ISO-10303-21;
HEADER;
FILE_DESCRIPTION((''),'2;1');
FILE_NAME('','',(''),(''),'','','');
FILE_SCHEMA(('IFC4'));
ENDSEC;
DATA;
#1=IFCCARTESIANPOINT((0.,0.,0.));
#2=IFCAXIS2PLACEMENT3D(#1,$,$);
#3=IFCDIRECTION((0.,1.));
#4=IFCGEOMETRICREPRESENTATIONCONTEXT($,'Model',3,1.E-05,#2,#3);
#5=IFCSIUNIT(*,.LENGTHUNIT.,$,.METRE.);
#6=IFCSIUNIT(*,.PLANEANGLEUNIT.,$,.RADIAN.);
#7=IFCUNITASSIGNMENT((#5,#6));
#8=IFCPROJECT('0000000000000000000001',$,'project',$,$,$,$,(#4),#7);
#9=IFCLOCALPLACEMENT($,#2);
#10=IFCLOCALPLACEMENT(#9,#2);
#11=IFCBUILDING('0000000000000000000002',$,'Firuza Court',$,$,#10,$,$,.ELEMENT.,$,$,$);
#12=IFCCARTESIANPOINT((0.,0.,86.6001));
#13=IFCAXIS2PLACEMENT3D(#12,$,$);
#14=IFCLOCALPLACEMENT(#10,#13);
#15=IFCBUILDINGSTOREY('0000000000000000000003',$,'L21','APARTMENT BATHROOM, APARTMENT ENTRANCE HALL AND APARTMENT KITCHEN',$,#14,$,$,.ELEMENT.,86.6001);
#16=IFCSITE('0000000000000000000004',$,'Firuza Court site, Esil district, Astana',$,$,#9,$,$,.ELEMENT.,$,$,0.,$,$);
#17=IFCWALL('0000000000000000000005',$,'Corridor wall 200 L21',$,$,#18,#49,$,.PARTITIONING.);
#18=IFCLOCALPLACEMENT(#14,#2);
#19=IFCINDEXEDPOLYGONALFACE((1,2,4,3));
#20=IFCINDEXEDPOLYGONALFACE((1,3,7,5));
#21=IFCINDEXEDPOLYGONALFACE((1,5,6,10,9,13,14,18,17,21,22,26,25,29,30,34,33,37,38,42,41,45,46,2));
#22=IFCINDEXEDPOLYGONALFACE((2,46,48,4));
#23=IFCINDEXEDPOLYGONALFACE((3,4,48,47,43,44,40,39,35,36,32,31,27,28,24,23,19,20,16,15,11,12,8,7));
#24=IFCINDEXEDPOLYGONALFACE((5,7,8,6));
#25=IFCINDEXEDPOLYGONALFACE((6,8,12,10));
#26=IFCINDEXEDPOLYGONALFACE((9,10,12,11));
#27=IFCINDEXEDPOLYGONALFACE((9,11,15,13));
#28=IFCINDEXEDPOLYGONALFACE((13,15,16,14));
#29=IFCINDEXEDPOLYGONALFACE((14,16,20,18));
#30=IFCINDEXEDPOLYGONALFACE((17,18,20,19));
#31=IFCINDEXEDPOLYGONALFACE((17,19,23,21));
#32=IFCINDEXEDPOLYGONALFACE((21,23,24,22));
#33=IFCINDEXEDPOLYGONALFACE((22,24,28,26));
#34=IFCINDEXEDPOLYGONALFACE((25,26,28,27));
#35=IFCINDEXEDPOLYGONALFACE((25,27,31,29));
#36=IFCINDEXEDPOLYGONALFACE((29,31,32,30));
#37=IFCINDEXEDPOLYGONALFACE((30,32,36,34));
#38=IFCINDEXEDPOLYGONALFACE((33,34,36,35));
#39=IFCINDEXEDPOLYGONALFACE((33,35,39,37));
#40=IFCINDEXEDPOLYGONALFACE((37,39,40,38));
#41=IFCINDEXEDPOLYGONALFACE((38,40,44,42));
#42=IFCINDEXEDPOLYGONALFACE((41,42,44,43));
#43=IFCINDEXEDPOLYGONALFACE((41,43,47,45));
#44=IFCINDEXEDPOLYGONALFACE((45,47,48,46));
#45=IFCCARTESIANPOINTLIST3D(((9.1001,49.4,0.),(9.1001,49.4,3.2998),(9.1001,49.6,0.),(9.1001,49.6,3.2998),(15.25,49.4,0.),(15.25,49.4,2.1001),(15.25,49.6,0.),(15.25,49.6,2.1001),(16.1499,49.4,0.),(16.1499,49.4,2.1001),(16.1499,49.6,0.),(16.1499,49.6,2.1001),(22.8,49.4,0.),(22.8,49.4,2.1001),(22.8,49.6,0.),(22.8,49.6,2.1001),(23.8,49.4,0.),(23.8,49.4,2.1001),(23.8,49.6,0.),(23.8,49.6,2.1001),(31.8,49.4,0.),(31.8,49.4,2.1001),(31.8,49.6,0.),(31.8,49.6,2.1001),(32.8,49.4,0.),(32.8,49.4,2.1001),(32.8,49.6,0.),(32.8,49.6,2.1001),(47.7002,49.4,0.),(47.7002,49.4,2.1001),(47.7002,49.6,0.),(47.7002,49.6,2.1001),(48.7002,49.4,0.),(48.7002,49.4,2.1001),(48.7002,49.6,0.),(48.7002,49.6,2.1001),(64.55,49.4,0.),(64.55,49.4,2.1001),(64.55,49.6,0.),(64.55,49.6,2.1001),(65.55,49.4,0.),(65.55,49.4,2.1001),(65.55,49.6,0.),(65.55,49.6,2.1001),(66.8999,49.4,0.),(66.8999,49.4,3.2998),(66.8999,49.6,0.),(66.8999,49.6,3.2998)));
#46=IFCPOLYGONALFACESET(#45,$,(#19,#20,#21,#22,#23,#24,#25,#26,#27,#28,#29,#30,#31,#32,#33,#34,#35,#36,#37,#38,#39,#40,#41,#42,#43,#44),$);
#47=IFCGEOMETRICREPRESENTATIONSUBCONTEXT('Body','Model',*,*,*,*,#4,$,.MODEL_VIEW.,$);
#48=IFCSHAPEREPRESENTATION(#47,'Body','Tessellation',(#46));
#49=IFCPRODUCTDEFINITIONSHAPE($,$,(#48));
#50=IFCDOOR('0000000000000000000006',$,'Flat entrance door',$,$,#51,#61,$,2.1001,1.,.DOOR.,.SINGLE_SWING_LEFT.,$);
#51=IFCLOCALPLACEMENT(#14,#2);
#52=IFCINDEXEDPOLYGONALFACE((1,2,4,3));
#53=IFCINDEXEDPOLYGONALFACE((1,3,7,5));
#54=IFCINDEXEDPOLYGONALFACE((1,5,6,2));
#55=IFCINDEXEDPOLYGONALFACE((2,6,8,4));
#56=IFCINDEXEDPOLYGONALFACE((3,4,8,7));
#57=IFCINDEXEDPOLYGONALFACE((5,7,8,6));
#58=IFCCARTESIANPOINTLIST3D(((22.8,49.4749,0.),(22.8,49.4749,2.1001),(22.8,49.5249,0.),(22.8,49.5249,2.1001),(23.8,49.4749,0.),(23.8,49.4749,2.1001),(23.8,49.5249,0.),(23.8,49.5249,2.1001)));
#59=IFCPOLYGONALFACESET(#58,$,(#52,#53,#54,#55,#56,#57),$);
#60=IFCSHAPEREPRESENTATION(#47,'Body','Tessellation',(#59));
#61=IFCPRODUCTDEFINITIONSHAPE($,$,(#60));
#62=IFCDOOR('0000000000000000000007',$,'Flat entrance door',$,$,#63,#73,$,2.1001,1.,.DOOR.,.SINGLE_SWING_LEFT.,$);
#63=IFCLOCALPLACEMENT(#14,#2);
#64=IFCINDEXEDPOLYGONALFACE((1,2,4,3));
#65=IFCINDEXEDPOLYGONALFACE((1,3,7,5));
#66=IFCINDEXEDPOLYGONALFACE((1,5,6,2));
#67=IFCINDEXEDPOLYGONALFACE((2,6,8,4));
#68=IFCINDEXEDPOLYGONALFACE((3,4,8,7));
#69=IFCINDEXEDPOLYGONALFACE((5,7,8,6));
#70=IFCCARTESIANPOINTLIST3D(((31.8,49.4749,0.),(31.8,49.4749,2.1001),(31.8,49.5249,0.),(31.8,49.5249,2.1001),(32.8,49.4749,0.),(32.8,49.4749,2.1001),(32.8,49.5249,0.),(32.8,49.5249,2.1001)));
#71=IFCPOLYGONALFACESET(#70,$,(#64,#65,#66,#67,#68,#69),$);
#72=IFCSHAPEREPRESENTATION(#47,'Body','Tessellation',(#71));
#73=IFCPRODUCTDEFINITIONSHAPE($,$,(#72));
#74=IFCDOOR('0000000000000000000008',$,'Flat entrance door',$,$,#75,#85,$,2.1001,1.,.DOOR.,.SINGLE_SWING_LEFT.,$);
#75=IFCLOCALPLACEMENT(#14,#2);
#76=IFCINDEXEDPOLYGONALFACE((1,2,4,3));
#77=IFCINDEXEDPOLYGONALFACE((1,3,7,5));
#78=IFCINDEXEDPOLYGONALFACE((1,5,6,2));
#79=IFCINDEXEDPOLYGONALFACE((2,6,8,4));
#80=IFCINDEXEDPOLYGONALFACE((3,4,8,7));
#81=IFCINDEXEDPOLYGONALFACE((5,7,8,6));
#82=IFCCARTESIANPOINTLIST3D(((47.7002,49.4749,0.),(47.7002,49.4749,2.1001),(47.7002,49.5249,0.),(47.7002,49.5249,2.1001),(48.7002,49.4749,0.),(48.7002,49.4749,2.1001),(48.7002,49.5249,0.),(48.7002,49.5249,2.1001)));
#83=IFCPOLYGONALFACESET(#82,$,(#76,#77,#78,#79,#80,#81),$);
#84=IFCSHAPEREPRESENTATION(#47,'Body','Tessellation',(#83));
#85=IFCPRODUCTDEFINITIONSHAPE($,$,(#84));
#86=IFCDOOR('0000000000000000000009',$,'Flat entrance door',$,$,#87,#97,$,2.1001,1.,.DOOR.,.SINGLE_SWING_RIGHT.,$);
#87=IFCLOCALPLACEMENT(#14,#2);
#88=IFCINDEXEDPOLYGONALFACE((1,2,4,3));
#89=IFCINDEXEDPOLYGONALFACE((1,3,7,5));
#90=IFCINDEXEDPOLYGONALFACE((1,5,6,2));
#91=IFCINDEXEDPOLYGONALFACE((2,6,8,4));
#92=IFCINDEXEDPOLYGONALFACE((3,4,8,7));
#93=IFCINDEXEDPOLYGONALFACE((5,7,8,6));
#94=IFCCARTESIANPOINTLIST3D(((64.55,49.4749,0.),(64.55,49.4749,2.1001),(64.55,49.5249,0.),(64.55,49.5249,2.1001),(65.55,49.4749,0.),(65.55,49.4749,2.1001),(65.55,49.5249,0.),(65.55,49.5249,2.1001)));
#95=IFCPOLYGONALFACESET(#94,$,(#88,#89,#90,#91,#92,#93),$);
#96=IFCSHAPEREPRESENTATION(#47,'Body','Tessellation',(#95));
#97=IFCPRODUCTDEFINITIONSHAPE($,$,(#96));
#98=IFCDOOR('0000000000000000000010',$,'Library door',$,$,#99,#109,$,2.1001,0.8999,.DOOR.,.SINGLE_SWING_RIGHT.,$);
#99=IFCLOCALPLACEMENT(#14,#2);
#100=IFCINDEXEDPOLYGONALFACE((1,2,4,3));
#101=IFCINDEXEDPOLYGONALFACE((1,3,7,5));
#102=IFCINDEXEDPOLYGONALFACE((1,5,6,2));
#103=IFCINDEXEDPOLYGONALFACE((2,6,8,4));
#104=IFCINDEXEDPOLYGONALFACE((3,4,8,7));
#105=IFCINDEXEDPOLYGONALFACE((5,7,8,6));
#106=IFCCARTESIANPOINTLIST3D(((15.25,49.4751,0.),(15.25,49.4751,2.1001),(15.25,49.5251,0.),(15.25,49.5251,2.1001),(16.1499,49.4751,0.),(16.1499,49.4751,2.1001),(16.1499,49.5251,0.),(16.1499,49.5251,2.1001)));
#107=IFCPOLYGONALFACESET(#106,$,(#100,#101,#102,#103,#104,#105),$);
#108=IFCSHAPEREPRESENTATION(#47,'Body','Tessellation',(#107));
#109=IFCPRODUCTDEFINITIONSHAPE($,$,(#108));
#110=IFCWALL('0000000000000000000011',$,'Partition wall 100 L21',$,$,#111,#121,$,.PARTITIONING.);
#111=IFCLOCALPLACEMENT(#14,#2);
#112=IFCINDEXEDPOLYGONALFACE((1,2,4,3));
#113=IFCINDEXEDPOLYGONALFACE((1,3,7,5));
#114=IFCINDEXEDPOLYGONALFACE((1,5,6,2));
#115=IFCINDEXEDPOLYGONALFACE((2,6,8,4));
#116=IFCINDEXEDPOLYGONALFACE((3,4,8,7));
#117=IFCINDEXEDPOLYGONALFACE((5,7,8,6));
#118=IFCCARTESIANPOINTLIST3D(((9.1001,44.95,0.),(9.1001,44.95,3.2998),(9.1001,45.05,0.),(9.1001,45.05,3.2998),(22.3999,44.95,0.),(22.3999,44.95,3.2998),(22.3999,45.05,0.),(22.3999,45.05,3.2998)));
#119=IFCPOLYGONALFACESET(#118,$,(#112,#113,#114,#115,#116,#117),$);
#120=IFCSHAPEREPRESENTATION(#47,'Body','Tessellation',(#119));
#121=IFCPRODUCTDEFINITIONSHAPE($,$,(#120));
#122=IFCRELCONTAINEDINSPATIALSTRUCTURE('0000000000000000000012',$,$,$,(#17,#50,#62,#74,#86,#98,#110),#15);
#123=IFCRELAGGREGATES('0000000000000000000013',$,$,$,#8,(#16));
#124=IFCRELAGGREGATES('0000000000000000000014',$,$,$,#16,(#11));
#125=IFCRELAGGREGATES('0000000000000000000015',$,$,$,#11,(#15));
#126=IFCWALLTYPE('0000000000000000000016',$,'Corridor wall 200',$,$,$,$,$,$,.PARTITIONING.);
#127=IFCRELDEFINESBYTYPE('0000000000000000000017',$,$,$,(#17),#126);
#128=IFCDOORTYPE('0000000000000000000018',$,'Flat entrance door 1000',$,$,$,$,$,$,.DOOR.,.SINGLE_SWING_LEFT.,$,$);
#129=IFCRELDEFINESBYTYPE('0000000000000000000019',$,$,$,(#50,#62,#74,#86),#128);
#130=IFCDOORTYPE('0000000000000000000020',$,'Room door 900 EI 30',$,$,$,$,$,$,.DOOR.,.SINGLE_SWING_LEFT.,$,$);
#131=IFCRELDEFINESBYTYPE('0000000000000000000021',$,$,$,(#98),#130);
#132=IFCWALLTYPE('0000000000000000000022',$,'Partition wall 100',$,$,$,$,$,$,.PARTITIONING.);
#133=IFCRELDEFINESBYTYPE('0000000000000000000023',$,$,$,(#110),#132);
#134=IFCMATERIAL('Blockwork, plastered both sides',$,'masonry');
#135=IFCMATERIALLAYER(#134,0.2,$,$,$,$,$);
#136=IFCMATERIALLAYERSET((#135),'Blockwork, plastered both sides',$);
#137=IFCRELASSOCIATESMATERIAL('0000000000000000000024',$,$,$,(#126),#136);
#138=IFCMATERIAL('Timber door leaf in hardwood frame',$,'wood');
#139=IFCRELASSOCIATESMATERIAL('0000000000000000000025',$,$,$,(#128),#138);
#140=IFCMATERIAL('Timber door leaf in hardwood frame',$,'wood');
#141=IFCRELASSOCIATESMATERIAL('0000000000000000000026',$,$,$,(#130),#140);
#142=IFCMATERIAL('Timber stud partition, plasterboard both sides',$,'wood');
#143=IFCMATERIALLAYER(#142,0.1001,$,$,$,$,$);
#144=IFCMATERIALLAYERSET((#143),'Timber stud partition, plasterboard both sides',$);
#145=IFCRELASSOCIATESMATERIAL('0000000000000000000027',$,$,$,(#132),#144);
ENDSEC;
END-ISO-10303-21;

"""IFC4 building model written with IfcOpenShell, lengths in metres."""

from ifc_helpers import new_model, si_unit, direction, frame, frame_2d, origin, place, context, subcontext, project, spatial, rectangle, extrude, material, layer, layer_set, type_object, element, fill, save


model = new_model("IFC4")

# Units and contexts
model_context = context("Model", 3, precision=1e-05, world=origin(), true_north=direction((0.0, 1.0)))
body_context = subcontext(model_context, "Body", "Model", "MODEL_VIEW")
ifc_project = project(units=[si_unit("LENGTHUNIT", "METRE"), si_unit("PLANEANGLEUNIT", "RADIAN")], contexts=[model_context])

# Site, building, storey
site_placement = place(None, origin())
site = spatial("IfcSite", under=ifc_project, at=site_placement, Name="Firuza Court site, Esil district, Astana", CompositionType="ELEMENT", RefElevation=0.0)
building_placement = place(site_placement, origin())
building = spatial("IfcBuilding", under=site, at=building_placement, Name="Firuza Court", CompositionType="ELEMENT")
storey_placement = place(building_placement, frame((0.0, 0.0, 86.6001)))
storey = spatial("IfcBuildingStorey", under=building, at=storey_placement, Name="L21", Description="APARTMENT BATHROOM, APARTMENT ENTRANCE HALL AND APARTMENT KITCHEN", CompositionType="ELEMENT", Elevation=86.6001)

# Wall, openings, doors
ifc_material_1 = material(Name="Blockwork, plastered both sides", Category="masonry")
ifc_layer_1 = layer(ifc_material_1, 0.2)
ifc_layer_set_1 = layer_set([ifc_layer_1], Name="Blockwork, plastered both sides")
wall_type_1 = type_object("IfcWallType", Name="Corridor wall 200", PredefinedType="PARTITIONING", material=ifc_layer_set_1)
wall_1_placement = place(storey_placement, frame((9.1001, 49.5, 0.0), z_axis=(0.0, 0.0, 1.0), x_axis=(1.0, 0.0, 0.0)))
wall_1 = element("IfcWall", 1, at=wall_1_placement, inside=storey, type_object=wall_type_1, Name="Corridor wall 200 L21", PredefinedType="PARTITIONING", context=body_context, shape_type="SweptSolid", body=[
    extrude(rectangle(XDim=57.7998, YDim=0.2, at=frame_2d((28.8999, 0.0))), origin(), (0.0, 0.0, 1.0), 3.2998),
])
opening_1_placement = place(wall_1_placement, frame((13.7, 0.0, 0.0)))
opening_1 = element("IfcOpeningElement", 2, at=opening_1_placement, cuts=wall_1, PredefinedType="OPENING", context=body_context, shape_type="SweptSolid", body=[
    extrude(rectangle(XDim=1.0, YDim=2.1001, at=frame_2d((0.5, 1.05))), frame((0.0, 0.1118, 0.0), z_axis=(0.0, -1.0, 0.0), x_axis=(1.0, 0.0, 0.0)), (0.0, 0.0, 1.0), 0.2239),
])
opening_2_placement = place(wall_1_placement, frame((22.7, 0.0, 0.0)))
opening_2 = element("IfcOpeningElement", 3, at=opening_2_placement, cuts=wall_1, PredefinedType="OPENING", context=body_context, shape_type="SweptSolid", body=[
    extrude(rectangle(XDim=1.0, YDim=2.1001, at=frame_2d((0.5, 1.05))), frame((0.0, 0.1118, 0.0), z_axis=(0.0, -1.0, 0.0), x_axis=(1.0, 0.0, 0.0)), (0.0, 0.0, 1.0), 0.2239),
])
opening_3_placement = place(wall_1_placement, frame((38.6001, 0.0, 0.0)))
opening_3 = element("IfcOpeningElement", 4, at=opening_3_placement, cuts=wall_1, PredefinedType="OPENING", context=body_context, shape_type="SweptSolid", body=[
    extrude(rectangle(XDim=1.0, YDim=2.1001, at=frame_2d((0.5, 1.05))), frame((0.0, 0.1118, 0.0), z_axis=(0.0, -1.0, 0.0), x_axis=(1.0, 0.0, 0.0)), (0.0, 0.0, 1.0), 0.2239),
])
opening_4_placement = place(wall_1_placement, frame((55.45, 0.0, 0.0)))
opening_4 = element("IfcOpeningElement", 5, at=opening_4_placement, cuts=wall_1, PredefinedType="OPENING", context=body_context, shape_type="SweptSolid", body=[
    extrude(rectangle(XDim=1.0, YDim=2.1001, at=frame_2d((0.5, 1.05))), frame((0.0, 0.1118, 0.0), z_axis=(0.0, -1.0, 0.0), x_axis=(1.0, 0.0, 0.0)), (0.0, 0.0, 1.0), 0.2239),
])
opening_5_placement = place(wall_1_placement, frame((6.1499, 0.0, 0.0)))
opening_5 = element("IfcOpeningElement", 6, at=opening_5_placement, cuts=wall_1, PredefinedType="OPENING", context=body_context, shape_type="SweptSolid", body=[
    extrude(rectangle(XDim=0.8999, YDim=2.1001, at=frame_2d((0.45, 1.05))), frame((0.0, 0.1118, 0.0), z_axis=(0.0, -1.0, 0.0), x_axis=(1.0, 0.0, 0.0)), (0.0, 0.0, 1.0), 0.2239),
])
ifc_material_2 = material(Name="Timber door leaf in hardwood frame", Category="wood")
door_type_1 = type_object("IfcDoorType", Name="Flat entrance door 1000", OperationType="SINGLE_SWING_LEFT", PredefinedType="DOOR", material=ifc_material_2)
door_1_placement = place(opening_1_placement, origin())
door_1 = element("IfcDoor", 7, at=door_1_placement, inside=storey, type_object=door_type_1, Name="Flat entrance door", OperationType="SINGLE_SWING_LEFT", OverallHeight=2.1001, OverallWidth=1.0, PredefinedType="DOOR", context=body_context, shape_type="SweptSolid", body=[
    extrude(rectangle(XDim=1.0, YDim=2.1001, at=frame_2d((0.5, 1.05))), frame((0.0, 0.0249, 0.0), z_axis=(0.0, -1.0, 0.0), x_axis=(1.0, 0.0, 0.0)), (0.0, 0.0, 1.0), 0.05),
])
fill(opening_1, door_1)
door_2_placement = place(opening_2_placement, origin())
door_2 = element("IfcDoor", 8, at=door_2_placement, inside=storey, type_object=door_type_1, Name="Flat entrance door", OperationType="SINGLE_SWING_LEFT", OverallHeight=2.1001, OverallWidth=1.0, PredefinedType="DOOR", context=body_context, shape_type="SweptSolid", body=[
    extrude(rectangle(XDim=1.0, YDim=2.1001, at=frame_2d((0.5, 1.05))), frame((0.0, 0.0249, 0.0), z_axis=(0.0, -1.0, 0.0), x_axis=(1.0, 0.0, 0.0)), (0.0, 0.0, 1.0), 0.05),
])
fill(opening_2, door_2)
door_3_placement = place(opening_3_placement, origin())
door_3 = element("IfcDoor", 9, at=door_3_placement, inside=storey, type_object=door_type_1, Name="Flat entrance door", OperationType="SINGLE_SWING_LEFT", OverallHeight=2.1001, OverallWidth=1.0, PredefinedType="DOOR", context=body_context, shape_type="SweptSolid", body=[
    extrude(rectangle(XDim=1.0, YDim=2.1001, at=frame_2d((0.5, 1.05))), frame((0.0, 0.0249, 0.0), z_axis=(0.0, -1.0, 0.0), x_axis=(1.0, 0.0, 0.0)), (0.0, 0.0, 1.0), 0.05),
])
fill(opening_3, door_3)
door_4_placement = place(opening_4_placement, origin())
door_4 = element("IfcDoor", 10, at=door_4_placement, inside=storey, type_object=door_type_1, Name="Flat entrance door", OperationType="SINGLE_SWING_RIGHT", OverallHeight=2.1001, OverallWidth=1.0, PredefinedType="DOOR", context=body_context, shape_type="SweptSolid", body=[
    extrude(rectangle(XDim=1.0, YDim=2.1001, at=frame_2d((0.5, 1.05))), frame((0.0, 0.0249, 0.0), z_axis=(0.0, -1.0, 0.0), x_axis=(1.0, 0.0, 0.0)), (0.0, 0.0, 1.0), 0.05),
])
fill(opening_4, door_4)
ifc_material_3 = material(Name="Timber door leaf in hardwood frame", Category="wood")
door_type_2 = type_object("IfcDoorType", Name="Room door 900 EI 30", OperationType="SINGLE_SWING_LEFT", PredefinedType="DOOR", material=ifc_material_3)
door_5_placement = place(opening_5_placement, frame((0.8999, 0.0, 0.0), z_axis=(0.0, 0.0, 1.0), x_axis=(-1.0, 0.0, 0.0)))
door_5 = element("IfcDoor", 11, at=door_5_placement, inside=storey, type_object=door_type_2, Name="Library door", OperationType="SINGLE_SWING_RIGHT", OverallHeight=2.1001, OverallWidth=0.8999, PredefinedType="DOOR", context=body_context, shape_type="SweptSolid", body=[
    extrude(rectangle(XDim=0.8999, YDim=2.1001, at=frame_2d((0.45, 1.05))), frame((0.0, 0.0249, 0.0), z_axis=(0.0, -1.0, 0.0), x_axis=(1.0, 0.0, 0.0)), (0.0, 0.0, 1.0), 0.05),
])
fill(opening_5, door_5)

# Wall
ifc_material_4 = material(Name="Timber stud partition, plasterboard both sides", Category="wood")
ifc_layer_2 = layer(ifc_material_4, 0.1001)
ifc_layer_set_2 = layer_set([ifc_layer_2], Name="Timber stud partition, plasterboard both sides")
wall_type_2 = type_object("IfcWallType", Name="Partition wall 100", PredefinedType="PARTITIONING", material=ifc_layer_set_2)
wall_2_placement = place(storey_placement, frame((9.1001, 45.0, 0.0), z_axis=(0.0, 0.0, 1.0), x_axis=(1.0, 0.0, 0.0)))
element("IfcWall", 12, at=wall_2_placement, inside=storey, type_object=wall_type_2, Name="Partition wall 100 L21", PredefinedType="PARTITIONING", context=body_context, shape_type="SweptSolid", body=[
    extrude(rectangle(XDim=13.2998, YDim=0.1001, at=frame_2d((6.6499, 0.0))), origin(), (0.0, 0.0, 1.0), 3.2998),
])

save(model, "model.ifc")
